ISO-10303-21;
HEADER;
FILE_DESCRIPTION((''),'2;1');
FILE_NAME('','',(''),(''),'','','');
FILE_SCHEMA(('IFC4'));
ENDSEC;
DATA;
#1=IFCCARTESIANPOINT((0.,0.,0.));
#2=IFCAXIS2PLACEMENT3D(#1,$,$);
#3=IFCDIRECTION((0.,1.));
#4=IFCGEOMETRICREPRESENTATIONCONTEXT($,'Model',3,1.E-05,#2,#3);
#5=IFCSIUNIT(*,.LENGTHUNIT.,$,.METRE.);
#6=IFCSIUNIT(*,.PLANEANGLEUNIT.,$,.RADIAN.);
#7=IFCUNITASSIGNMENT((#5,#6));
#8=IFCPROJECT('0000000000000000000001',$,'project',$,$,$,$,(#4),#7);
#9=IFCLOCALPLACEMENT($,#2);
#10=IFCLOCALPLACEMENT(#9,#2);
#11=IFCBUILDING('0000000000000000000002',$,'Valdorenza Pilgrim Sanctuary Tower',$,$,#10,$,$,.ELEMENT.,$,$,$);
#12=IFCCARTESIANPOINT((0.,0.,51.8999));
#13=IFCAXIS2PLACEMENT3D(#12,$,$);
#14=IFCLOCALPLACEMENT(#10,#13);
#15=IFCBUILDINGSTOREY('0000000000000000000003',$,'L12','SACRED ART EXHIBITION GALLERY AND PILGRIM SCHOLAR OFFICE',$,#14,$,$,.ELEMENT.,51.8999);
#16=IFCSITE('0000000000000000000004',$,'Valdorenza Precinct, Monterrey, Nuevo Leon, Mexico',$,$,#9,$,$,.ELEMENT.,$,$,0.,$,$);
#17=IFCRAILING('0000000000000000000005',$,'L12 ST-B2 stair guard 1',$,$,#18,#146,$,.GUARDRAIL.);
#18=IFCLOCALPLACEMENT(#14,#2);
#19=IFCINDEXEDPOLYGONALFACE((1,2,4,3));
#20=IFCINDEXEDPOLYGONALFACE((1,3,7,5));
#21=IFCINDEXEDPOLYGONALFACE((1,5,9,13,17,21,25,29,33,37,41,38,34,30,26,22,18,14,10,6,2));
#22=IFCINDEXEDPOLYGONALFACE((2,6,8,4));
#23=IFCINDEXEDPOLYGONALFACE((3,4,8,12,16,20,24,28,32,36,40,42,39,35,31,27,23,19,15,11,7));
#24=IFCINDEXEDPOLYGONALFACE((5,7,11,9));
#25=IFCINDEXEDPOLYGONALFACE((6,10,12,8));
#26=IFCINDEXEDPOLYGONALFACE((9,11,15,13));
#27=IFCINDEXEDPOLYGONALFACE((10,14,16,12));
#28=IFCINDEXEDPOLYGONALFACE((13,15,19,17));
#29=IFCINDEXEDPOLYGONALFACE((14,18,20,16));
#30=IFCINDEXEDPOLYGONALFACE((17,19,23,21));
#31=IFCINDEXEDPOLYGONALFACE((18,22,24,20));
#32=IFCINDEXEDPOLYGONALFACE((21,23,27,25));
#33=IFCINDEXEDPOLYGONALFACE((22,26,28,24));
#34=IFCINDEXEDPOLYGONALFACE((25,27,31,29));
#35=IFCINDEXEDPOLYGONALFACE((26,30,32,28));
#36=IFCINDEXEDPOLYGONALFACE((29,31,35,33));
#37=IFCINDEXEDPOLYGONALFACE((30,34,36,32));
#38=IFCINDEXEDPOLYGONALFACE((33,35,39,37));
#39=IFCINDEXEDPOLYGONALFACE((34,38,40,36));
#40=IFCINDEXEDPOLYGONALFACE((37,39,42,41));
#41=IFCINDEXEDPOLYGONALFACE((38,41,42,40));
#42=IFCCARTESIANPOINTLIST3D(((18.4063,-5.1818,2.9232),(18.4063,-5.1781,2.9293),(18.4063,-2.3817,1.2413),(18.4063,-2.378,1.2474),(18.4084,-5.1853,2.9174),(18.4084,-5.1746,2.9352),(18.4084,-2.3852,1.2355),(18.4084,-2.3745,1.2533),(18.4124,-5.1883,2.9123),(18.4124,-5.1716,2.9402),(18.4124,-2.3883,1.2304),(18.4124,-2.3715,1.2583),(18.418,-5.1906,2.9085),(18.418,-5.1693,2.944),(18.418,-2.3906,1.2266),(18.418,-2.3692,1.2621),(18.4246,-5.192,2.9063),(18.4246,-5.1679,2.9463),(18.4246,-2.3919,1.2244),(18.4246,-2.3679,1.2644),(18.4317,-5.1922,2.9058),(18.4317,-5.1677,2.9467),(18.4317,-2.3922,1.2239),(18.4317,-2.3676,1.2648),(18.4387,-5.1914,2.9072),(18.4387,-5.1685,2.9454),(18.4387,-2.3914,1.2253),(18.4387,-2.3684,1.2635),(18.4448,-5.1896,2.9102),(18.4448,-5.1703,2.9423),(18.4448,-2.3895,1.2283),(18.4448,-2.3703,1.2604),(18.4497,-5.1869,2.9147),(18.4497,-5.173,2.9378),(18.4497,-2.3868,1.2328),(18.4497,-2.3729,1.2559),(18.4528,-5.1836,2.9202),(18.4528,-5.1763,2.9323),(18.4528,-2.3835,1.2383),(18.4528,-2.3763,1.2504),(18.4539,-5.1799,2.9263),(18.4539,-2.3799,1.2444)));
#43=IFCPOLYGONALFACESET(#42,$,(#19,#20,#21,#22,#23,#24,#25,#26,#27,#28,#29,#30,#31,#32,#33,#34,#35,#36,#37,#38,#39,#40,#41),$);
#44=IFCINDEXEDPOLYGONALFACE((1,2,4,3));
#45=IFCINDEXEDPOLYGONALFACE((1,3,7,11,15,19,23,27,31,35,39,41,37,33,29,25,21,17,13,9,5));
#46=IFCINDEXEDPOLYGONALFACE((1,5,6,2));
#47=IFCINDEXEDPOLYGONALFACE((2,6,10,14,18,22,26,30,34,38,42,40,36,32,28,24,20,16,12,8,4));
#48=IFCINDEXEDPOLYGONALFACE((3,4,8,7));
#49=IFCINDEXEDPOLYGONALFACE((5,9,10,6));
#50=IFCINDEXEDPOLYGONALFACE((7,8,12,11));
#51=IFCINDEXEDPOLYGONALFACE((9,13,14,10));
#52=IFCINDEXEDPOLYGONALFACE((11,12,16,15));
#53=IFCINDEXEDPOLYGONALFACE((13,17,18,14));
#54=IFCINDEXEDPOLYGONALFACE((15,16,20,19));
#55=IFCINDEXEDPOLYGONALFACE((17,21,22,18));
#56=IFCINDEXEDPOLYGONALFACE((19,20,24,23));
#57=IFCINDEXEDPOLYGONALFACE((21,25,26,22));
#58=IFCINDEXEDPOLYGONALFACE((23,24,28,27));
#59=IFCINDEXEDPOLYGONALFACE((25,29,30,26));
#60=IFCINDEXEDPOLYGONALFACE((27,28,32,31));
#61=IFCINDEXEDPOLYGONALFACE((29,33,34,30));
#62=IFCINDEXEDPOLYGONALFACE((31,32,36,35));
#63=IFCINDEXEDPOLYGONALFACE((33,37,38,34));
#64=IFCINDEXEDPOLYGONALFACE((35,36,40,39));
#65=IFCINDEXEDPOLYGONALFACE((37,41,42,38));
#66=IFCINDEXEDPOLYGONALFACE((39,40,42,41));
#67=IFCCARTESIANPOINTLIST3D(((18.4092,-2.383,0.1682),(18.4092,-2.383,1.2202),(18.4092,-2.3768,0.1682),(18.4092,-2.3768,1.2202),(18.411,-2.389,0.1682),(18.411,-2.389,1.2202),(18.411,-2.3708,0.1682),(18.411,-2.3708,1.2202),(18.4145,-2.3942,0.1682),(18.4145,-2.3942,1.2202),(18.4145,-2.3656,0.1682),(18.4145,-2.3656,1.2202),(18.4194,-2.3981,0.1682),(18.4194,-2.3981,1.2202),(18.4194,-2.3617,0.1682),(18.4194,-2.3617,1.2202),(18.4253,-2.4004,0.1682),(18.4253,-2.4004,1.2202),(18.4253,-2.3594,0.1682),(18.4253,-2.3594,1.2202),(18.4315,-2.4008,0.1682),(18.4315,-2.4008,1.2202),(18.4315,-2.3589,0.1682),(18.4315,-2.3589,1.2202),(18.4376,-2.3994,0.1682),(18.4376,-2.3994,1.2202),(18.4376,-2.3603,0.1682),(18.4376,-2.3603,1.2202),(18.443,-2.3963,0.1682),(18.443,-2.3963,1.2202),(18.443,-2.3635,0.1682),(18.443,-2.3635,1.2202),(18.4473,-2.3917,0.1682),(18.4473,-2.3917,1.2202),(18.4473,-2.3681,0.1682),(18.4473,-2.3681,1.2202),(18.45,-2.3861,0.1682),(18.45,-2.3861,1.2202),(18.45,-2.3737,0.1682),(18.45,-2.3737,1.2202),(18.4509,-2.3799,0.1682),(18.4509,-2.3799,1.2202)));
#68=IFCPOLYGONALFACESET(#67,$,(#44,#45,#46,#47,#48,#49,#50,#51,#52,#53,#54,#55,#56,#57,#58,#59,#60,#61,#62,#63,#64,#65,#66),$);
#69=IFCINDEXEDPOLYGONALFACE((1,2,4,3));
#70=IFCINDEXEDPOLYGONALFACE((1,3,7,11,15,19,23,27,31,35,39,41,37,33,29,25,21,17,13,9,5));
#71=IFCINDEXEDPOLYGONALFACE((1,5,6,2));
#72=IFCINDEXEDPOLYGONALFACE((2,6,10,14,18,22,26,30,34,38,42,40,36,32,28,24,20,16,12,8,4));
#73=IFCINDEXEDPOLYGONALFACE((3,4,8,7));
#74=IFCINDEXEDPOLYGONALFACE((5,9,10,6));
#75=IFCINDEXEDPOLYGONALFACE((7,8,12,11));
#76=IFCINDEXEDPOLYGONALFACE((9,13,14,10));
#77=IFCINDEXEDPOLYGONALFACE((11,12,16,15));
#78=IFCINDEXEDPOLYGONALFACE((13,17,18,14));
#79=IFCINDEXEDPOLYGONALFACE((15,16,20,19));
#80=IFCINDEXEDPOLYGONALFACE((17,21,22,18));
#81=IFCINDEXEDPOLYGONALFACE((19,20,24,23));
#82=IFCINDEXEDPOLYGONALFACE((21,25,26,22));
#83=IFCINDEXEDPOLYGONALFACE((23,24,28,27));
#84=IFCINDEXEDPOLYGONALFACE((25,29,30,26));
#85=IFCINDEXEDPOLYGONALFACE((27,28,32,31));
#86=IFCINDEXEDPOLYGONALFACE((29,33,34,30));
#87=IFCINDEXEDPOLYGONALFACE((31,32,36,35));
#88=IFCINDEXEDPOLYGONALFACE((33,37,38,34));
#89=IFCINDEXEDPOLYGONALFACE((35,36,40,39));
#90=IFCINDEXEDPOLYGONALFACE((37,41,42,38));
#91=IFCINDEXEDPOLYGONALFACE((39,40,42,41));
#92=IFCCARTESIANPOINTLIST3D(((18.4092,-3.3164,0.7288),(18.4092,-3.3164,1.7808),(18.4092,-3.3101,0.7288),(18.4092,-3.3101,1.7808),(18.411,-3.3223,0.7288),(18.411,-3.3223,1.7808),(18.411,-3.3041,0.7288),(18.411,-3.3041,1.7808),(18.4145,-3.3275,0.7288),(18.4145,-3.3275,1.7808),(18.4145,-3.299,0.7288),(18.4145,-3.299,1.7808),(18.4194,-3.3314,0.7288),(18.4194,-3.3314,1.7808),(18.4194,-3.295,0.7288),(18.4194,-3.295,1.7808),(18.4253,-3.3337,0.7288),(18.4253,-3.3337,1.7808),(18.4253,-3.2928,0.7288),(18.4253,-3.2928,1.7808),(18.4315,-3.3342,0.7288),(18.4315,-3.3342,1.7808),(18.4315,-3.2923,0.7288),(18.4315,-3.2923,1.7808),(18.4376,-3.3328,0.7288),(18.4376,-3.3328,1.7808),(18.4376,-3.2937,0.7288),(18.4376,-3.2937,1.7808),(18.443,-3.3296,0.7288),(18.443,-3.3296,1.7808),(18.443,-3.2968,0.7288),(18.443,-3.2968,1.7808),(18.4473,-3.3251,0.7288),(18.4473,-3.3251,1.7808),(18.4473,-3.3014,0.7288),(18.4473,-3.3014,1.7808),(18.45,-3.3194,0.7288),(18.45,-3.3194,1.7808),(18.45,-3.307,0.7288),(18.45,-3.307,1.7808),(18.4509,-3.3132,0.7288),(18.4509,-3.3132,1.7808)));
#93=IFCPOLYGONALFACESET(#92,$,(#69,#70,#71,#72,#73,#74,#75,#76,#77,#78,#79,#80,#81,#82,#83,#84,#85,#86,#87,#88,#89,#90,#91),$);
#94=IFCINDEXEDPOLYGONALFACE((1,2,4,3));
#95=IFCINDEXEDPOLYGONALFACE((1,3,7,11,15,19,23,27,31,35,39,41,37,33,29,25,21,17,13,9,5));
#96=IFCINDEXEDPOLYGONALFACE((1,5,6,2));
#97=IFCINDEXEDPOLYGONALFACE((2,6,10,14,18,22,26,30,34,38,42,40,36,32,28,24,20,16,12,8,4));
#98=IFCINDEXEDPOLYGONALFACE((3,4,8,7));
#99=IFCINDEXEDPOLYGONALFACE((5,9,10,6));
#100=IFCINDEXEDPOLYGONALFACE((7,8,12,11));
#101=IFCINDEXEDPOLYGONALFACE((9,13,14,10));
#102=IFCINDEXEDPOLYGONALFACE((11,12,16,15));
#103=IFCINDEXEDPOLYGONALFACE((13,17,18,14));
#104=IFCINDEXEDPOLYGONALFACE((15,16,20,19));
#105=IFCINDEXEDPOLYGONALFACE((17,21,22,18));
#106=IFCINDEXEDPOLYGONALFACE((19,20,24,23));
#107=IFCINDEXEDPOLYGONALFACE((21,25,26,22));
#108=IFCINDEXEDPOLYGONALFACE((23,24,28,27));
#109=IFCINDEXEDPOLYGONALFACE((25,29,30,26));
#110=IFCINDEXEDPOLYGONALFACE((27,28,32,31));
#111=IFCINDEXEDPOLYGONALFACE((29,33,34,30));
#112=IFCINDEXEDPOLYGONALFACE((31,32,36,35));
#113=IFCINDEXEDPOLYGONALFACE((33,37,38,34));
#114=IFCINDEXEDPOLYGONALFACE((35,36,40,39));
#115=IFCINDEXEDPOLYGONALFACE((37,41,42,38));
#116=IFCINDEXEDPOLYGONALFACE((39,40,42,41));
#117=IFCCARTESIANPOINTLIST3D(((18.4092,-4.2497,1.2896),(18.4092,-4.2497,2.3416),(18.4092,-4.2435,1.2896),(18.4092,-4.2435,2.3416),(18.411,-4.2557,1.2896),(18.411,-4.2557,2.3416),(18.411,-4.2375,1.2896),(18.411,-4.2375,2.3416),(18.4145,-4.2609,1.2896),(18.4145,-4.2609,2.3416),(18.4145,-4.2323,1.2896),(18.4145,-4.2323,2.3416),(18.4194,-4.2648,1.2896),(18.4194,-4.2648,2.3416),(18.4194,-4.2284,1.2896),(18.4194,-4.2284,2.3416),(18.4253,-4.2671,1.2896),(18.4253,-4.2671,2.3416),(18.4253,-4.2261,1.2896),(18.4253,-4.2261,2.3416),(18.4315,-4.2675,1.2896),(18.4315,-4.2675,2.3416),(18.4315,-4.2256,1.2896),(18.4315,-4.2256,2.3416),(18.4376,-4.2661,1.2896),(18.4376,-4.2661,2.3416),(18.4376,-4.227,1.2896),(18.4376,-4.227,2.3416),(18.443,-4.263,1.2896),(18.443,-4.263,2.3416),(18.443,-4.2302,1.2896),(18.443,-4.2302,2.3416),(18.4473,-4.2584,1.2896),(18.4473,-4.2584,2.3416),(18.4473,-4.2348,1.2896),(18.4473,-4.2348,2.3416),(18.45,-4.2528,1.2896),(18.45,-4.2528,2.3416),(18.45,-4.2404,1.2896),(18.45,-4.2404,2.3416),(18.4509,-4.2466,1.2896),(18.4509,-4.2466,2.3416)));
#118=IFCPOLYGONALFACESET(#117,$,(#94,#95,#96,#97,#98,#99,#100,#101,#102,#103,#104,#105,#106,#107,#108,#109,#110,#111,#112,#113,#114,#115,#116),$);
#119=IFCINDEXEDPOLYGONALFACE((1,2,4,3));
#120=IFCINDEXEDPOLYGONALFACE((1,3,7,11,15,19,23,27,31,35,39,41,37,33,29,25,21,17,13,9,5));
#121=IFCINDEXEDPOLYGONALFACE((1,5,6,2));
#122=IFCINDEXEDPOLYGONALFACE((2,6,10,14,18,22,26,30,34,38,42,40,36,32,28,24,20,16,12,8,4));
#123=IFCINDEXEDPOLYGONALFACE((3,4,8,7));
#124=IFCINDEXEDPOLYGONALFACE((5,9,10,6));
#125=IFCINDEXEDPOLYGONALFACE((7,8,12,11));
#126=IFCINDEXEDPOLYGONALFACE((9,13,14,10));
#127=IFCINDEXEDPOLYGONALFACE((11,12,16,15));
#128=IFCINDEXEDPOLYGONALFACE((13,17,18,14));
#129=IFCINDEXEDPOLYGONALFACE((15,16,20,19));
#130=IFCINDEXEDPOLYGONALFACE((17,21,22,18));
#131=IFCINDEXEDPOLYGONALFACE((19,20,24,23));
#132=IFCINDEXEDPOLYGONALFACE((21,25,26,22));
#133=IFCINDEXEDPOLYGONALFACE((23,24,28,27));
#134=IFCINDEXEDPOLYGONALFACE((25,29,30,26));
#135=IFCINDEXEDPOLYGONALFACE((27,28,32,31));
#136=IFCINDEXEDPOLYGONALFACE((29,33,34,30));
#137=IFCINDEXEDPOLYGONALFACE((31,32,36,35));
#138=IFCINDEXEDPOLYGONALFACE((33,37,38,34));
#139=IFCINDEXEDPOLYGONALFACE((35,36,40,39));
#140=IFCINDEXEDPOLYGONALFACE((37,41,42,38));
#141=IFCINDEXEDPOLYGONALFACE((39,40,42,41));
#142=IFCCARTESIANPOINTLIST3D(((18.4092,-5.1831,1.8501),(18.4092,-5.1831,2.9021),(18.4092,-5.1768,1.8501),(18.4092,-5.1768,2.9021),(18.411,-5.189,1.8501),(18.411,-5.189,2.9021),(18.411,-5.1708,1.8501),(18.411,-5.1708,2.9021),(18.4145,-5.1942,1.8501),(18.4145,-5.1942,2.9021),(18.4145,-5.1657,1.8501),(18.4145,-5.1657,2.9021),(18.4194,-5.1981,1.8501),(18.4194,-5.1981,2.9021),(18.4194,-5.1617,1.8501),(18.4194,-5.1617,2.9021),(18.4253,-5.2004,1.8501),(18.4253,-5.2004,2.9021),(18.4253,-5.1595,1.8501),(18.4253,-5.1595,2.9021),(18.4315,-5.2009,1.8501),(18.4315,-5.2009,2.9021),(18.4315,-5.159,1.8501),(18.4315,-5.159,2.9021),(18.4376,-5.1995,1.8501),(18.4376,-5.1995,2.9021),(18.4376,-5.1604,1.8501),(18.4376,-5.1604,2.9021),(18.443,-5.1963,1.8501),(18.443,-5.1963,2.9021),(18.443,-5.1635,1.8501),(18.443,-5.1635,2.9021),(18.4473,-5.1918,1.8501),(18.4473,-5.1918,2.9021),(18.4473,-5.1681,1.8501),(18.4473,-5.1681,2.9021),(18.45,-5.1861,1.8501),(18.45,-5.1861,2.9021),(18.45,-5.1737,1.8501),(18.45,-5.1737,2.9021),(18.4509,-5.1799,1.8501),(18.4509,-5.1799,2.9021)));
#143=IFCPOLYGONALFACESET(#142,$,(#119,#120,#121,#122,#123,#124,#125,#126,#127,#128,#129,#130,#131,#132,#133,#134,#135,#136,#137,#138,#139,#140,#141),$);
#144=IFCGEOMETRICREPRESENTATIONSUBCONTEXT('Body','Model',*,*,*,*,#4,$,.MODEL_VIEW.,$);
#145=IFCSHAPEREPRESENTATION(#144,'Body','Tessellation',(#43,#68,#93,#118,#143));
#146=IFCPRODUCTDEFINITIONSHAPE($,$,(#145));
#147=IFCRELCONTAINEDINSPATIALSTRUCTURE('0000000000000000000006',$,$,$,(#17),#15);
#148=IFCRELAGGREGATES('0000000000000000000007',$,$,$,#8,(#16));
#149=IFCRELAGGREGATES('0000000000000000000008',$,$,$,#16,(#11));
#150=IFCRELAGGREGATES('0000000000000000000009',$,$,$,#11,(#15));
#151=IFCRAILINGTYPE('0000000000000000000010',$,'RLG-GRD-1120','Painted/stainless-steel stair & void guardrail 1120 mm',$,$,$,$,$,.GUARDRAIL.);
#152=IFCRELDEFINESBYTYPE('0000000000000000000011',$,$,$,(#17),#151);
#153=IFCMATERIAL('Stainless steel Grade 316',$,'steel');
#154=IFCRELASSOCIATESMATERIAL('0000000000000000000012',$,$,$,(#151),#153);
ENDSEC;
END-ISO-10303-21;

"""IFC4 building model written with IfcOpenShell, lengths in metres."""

from ifc_helpers import new_model, si_unit, direction, frame, origin, origin_2d, place, context, subcontext, project, spatial, circle, extrude, material, type_object, element, save


model = new_model("IFC4")

# Units and contexts
model_context = context("Model", 3, precision=1e-05, world=origin(), true_north=direction((0.0, 1.0)))
body_context = subcontext(model_context, "Body", "Model", "MODEL_VIEW")
ifc_project = project(units=[si_unit("LENGTHUNIT", "METRE"), si_unit("PLANEANGLEUNIT", "RADIAN")], contexts=[model_context])

# Site, building, storey
site_placement = place(None, origin())
site = spatial("IfcSite", under=ifc_project, at=site_placement, Name="Valdorenza Precinct, Monterrey, Nuevo Leon, Mexico", CompositionType="ELEMENT", RefElevation=0.0)
building_placement = place(site_placement, origin())
building = spatial("IfcBuilding", under=site, at=building_placement, Name="Valdorenza Pilgrim Sanctuary Tower", CompositionType="ELEMENT")
storey_placement = place(building_placement, frame((0.0, 0.0, 51.8999)))
storey = spatial("IfcBuildingStorey", under=building, at=storey_placement, Name="L12", Description="SACRED ART EXHIBITION GALLERY AND PILGRIM SCHOLAR OFFICE", CompositionType="ELEMENT", Elevation=51.8999)

# Railing
ifc_material_1 = material(Name="Stainless steel Grade 316", Category="steel")
railing_type_1 = type_object("IfcRailingType", Name="RLG-GRD-1120", Description="Painted/stainless-steel stair & void guardrail 1120 mm", PredefinedType="GUARDRAIL", material=ifc_material_1)
railing_1_placement = place(storey_placement, frame((18.4299, -2.3799, 0.1682)))
element("IfcRailing", 1, at=railing_1_placement, inside=storey, type_object=railing_type_1, Name="L12 ST-B2 stair guard 1", PredefinedType="GUARDRAIL", context=body_context, shape_type="SweptSolid", body=[
    extrude(circle(Radius=0.0239, at=origin_2d()), frame((0.0, 0.0, 1.0762), z_axis=(0.0, -0.857242, 0.514913), x_axis=(1.0, 0.0, 0.0)), (0.0, 0.0, 1.0), 3.2664),
    extrude(circle(Radius=0.021, at=origin_2d()), origin(), (0.0, 0.0, 1.0), 1.052),
    extrude(circle(Radius=0.021, at=origin_2d()), frame((0.0, -0.9333, 0.5605)), (0.0, 0.0, 1.0), 1.052),
    extrude(circle(Radius=0.021, at=origin_2d()), frame((0.0, -1.8667, 1.1213)), (0.0, 0.0, 1.0), 1.052),
    extrude(circle(Radius=0.021, at=origin_2d()), frame((0.0, -2.8, 1.6819)), (0.0, 0.0, 1.0), 1.052),
])

save(model, "model.ifc")
